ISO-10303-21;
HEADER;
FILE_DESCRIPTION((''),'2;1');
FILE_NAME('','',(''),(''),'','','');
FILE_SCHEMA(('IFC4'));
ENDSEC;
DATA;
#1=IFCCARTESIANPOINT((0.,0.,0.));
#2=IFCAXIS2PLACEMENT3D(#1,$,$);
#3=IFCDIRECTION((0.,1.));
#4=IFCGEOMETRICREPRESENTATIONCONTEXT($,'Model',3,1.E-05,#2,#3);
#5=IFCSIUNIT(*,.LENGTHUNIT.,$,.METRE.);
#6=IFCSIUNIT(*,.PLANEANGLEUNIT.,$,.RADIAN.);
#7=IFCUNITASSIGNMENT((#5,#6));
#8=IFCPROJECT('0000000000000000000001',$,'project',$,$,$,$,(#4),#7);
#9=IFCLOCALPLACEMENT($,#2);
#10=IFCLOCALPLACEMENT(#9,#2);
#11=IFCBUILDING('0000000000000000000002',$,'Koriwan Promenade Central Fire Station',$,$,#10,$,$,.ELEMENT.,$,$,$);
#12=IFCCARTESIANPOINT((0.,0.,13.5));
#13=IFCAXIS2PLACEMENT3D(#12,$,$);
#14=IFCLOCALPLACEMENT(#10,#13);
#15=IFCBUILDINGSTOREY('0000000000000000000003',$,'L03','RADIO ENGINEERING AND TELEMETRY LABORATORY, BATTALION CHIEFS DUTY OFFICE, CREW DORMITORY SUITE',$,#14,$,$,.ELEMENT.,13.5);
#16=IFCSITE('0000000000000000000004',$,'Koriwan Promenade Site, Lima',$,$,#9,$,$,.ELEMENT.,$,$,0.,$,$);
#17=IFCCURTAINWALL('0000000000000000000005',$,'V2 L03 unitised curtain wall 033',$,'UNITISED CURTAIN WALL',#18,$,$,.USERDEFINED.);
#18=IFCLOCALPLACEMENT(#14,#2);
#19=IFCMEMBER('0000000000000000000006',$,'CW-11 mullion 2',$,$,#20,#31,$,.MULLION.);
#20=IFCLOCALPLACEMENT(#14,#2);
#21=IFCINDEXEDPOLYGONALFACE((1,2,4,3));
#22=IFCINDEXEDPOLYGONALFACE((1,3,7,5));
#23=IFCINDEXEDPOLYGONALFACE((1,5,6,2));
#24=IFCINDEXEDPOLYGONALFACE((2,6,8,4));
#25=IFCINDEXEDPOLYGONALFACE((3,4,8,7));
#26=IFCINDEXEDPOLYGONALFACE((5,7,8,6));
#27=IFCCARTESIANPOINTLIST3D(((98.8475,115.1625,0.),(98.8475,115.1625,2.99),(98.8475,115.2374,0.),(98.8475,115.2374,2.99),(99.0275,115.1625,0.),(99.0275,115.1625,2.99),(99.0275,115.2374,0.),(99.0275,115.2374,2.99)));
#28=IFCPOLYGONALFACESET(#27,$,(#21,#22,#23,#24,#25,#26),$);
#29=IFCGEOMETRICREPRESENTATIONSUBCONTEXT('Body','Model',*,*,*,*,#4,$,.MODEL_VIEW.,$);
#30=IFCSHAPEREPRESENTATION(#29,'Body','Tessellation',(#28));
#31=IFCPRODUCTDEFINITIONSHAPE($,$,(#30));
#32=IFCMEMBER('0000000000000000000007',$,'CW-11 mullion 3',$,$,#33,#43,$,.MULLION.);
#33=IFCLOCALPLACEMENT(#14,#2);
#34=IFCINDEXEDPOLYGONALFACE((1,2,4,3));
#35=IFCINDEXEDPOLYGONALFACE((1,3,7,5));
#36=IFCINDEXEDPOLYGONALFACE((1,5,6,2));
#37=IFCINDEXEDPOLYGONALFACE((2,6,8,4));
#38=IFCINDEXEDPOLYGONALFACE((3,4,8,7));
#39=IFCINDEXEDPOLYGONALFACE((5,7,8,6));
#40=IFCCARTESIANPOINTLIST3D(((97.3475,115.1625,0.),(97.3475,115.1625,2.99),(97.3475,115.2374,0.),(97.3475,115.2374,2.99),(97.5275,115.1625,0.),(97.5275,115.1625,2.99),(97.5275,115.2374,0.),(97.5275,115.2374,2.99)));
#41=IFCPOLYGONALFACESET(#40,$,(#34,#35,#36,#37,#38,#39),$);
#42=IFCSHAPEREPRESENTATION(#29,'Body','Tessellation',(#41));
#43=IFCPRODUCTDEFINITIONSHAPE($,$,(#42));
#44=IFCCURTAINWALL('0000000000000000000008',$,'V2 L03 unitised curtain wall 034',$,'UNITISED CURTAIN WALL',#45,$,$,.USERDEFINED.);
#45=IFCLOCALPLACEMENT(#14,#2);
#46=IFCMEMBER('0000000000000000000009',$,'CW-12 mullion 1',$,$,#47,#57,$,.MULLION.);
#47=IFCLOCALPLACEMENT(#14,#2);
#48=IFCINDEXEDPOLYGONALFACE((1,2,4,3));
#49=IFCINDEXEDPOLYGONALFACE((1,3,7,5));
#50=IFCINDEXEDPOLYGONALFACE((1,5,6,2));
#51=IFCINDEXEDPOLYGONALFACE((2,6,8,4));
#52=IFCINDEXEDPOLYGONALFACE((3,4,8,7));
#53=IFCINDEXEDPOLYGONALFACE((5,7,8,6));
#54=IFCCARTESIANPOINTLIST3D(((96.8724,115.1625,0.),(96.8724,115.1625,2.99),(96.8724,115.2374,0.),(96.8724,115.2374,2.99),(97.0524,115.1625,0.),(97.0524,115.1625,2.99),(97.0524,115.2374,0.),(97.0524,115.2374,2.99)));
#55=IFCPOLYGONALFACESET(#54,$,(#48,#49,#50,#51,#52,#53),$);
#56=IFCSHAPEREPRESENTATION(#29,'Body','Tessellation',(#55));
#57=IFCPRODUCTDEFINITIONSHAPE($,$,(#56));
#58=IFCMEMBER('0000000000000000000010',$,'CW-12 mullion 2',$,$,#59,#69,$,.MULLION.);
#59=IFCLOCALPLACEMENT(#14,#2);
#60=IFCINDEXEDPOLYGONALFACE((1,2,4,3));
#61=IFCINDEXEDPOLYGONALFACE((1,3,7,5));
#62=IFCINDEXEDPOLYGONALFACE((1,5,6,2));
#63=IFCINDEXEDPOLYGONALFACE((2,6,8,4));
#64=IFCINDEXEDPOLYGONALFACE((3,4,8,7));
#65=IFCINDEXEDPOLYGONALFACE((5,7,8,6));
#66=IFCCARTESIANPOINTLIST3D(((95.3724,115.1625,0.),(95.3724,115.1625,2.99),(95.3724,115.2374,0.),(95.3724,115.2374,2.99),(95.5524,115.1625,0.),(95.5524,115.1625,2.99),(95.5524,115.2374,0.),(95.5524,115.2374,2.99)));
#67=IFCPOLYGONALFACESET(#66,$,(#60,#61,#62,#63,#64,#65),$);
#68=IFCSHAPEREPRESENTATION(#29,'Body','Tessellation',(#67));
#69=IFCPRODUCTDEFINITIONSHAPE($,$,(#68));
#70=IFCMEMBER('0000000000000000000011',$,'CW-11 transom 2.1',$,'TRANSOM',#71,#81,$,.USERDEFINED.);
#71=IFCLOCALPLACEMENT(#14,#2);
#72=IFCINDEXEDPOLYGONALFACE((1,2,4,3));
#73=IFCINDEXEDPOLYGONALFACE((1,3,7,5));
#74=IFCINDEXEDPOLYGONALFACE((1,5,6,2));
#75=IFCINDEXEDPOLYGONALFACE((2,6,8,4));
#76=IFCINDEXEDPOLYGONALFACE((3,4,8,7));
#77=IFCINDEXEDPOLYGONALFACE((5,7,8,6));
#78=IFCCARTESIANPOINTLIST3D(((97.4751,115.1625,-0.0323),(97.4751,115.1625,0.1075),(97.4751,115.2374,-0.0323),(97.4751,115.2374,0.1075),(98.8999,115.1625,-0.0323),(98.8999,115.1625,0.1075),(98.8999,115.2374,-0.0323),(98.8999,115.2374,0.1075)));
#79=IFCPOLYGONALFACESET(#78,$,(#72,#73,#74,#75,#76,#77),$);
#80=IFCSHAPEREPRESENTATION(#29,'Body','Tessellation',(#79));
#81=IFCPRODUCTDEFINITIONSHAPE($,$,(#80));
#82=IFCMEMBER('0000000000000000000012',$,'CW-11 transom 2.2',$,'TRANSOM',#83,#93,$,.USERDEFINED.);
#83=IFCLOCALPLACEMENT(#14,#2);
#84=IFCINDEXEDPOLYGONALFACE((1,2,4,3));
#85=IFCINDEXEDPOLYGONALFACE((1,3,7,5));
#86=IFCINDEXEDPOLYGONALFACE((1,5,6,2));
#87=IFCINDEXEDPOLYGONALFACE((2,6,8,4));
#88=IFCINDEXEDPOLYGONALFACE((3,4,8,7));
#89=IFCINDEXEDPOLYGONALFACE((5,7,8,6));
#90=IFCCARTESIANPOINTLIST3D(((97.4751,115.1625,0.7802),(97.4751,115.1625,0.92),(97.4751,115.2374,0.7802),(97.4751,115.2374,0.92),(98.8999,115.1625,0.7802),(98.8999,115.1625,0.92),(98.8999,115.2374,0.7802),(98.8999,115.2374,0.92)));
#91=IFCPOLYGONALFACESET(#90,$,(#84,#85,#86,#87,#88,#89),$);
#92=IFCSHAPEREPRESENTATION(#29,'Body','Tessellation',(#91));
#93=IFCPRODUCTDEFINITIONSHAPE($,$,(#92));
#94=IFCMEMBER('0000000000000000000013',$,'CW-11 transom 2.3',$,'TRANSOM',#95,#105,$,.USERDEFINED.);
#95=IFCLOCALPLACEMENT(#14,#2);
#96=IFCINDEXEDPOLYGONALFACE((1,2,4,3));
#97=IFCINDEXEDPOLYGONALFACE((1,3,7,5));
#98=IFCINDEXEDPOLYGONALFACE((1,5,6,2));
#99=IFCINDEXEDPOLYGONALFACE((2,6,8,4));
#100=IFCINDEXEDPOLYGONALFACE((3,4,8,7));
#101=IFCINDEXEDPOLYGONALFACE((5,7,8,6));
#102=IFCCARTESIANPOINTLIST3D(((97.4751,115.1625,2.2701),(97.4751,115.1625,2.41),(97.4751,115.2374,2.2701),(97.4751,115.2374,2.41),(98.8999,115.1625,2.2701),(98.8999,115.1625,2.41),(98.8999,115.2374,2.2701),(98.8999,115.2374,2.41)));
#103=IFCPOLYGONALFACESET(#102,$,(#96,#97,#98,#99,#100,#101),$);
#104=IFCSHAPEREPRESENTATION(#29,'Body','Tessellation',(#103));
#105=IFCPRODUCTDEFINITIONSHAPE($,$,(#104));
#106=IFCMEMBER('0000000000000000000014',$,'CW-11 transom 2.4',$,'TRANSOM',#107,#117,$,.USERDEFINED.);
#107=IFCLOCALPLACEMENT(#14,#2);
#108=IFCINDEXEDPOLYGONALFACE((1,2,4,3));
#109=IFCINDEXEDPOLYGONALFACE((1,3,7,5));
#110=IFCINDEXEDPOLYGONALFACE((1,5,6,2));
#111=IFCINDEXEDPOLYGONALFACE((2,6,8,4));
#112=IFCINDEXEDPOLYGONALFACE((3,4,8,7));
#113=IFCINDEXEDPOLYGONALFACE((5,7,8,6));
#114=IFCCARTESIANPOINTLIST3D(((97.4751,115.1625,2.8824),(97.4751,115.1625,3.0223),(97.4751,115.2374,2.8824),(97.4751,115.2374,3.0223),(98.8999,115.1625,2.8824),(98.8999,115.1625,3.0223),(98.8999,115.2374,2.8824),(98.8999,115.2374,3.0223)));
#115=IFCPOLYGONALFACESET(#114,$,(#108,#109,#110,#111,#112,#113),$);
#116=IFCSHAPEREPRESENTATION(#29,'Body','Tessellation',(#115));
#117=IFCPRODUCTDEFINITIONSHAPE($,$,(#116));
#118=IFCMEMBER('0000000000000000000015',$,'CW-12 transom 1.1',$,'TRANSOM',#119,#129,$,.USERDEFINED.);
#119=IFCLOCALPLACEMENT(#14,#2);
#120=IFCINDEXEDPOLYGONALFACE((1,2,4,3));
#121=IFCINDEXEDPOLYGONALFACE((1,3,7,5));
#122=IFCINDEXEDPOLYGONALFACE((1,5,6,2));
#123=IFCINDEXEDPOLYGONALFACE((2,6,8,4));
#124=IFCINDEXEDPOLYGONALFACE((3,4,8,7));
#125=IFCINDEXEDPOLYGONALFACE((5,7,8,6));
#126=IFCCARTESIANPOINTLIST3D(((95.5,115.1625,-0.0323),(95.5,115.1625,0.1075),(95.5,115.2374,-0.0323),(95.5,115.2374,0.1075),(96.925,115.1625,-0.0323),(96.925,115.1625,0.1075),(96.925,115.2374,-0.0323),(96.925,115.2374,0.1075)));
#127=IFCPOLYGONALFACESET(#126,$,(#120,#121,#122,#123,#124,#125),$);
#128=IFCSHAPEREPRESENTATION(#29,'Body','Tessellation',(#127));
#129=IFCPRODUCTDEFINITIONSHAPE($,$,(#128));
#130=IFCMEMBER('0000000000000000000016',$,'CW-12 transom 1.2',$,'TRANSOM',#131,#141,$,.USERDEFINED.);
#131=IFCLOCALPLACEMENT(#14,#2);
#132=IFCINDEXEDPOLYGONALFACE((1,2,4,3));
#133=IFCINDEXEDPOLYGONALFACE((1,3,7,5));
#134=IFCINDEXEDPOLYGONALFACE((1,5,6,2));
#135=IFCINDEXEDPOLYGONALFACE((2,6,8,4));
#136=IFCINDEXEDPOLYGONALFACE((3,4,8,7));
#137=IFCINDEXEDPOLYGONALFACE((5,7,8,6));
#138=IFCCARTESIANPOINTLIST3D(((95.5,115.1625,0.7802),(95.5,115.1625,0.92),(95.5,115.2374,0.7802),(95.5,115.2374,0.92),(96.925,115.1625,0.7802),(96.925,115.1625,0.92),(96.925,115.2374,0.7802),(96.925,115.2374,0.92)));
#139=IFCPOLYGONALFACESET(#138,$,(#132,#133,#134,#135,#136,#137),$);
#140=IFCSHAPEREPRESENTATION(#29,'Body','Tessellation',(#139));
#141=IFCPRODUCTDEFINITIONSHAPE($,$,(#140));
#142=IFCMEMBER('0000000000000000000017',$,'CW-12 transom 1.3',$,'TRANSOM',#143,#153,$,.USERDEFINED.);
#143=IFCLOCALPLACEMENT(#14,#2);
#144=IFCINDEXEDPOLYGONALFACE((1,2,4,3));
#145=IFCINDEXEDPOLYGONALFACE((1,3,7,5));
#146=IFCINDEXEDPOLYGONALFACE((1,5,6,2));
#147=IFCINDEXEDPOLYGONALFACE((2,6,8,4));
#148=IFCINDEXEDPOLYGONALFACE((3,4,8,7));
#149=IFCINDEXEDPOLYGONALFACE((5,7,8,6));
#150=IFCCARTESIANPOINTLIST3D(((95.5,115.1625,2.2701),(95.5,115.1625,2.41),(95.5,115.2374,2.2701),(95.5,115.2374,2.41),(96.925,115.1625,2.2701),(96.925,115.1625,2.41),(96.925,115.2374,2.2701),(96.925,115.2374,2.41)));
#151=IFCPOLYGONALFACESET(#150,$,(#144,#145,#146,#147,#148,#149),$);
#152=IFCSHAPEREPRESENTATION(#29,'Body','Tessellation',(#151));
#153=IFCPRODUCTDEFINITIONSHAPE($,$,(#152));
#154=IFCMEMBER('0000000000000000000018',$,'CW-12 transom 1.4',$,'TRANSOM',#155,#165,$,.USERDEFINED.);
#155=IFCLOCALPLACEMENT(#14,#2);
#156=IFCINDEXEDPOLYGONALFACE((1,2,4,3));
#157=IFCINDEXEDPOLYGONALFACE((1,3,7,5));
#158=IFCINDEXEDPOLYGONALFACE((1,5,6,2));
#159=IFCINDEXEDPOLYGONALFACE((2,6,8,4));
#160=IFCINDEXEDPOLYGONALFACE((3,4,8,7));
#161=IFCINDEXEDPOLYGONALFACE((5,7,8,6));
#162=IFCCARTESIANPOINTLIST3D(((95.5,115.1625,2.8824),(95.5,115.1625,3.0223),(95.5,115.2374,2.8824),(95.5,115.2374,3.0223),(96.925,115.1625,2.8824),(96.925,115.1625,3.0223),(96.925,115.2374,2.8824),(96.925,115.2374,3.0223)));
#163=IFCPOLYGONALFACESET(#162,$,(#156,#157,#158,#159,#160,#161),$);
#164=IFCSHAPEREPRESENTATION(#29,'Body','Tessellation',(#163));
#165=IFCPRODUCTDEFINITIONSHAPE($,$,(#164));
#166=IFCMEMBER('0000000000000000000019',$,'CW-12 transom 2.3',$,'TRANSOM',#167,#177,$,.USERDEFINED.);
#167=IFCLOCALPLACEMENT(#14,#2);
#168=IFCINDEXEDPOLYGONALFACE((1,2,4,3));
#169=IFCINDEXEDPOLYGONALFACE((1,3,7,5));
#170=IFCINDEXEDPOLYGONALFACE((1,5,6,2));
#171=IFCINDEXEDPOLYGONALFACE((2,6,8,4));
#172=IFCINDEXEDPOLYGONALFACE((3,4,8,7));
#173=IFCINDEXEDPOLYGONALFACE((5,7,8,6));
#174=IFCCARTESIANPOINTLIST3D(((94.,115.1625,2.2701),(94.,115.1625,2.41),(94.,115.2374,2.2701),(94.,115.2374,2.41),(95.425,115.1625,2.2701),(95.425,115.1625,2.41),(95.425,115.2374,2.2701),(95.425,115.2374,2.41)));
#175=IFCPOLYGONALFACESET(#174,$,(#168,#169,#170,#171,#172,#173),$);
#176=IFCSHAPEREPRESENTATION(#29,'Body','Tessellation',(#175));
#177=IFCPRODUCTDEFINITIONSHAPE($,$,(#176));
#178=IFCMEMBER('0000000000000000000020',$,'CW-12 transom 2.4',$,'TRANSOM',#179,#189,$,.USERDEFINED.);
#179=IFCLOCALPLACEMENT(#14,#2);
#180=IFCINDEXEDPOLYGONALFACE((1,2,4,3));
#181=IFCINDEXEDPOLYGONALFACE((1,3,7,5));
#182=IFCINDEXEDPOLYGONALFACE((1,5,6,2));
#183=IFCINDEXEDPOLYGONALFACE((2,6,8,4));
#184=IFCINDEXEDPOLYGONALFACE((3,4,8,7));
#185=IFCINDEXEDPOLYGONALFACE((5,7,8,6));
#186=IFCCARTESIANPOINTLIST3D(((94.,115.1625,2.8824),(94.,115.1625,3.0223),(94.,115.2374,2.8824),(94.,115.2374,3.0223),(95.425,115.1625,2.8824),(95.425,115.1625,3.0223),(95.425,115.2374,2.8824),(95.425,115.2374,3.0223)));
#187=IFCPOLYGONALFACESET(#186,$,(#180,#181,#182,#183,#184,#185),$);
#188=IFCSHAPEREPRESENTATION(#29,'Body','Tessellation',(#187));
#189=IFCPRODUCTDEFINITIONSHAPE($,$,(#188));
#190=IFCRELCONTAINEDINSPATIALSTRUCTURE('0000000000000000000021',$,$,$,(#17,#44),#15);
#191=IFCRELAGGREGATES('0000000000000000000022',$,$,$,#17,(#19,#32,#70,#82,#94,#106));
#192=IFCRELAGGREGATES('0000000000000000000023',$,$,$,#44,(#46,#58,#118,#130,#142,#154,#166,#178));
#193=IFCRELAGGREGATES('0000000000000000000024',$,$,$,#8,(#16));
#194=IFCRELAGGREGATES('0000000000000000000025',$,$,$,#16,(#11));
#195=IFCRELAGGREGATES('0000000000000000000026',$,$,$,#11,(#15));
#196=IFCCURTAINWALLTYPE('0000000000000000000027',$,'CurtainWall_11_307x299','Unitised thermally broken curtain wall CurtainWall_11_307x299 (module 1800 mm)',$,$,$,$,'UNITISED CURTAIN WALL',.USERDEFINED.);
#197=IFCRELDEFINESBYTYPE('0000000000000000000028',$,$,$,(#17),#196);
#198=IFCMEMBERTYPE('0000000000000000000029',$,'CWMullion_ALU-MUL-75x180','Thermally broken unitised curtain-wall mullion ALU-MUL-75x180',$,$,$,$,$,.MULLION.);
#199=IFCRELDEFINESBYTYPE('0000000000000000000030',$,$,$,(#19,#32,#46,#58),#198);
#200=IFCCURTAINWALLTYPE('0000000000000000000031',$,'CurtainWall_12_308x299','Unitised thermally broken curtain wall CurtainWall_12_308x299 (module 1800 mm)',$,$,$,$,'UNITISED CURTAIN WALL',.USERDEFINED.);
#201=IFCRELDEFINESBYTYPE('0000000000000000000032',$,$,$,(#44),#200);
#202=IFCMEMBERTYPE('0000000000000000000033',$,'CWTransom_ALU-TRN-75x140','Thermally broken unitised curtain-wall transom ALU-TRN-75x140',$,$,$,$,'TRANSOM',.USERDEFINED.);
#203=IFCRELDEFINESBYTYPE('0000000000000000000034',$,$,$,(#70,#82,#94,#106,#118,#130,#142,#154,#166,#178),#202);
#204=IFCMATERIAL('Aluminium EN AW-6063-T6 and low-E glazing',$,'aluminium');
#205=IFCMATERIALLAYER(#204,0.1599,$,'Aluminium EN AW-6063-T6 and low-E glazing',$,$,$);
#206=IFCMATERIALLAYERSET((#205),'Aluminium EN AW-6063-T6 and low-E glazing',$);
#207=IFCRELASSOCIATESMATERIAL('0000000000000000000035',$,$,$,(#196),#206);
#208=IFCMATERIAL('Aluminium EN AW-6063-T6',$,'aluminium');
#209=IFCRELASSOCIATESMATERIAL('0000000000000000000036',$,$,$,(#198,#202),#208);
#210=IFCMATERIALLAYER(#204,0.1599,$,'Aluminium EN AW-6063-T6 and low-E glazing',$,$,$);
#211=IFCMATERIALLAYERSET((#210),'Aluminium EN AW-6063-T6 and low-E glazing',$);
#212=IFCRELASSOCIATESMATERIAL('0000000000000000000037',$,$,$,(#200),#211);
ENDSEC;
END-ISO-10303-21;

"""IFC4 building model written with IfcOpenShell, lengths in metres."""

from ifc_helpers import new_model, si_unit, direction, frame, origin, origin_2d, place, context, subcontext, project, spatial, rectangle, extrude, material, layer, layer_set, material_profile, profile_set, type_object, element, aggregate, save


model = new_model("IFC4")

# Units and contexts
model_context = context("Model", 3, precision=1e-05, world=origin(), true_north=direction((0.0, 1.0)))
body_context = subcontext(model_context, "Body", "Model", "MODEL_VIEW")
ifc_project = project(units=[si_unit("LENGTHUNIT", "METRE"), si_unit("PLANEANGLEUNIT", "RADIAN")], contexts=[model_context])

# Site, building, storey
site_placement = place(None, origin())
site = spatial("IfcSite", under=ifc_project, at=site_placement, Name="Koriwan Promenade Site, Lima", CompositionType="ELEMENT", RefElevation=0.0)
building_placement = place(site_placement, origin())
building = spatial("IfcBuilding", under=site, at=building_placement, Name="Koriwan Promenade Central Fire Station", CompositionType="ELEMENT")
storey_placement = place(building_placement, frame((0.0, 0.0, 13.5)))
storey = spatial("IfcBuildingStorey", under=building, at=storey_placement, Name="L03", Description="RADIO ENGINEERING AND TELEMETRY LABORATORY, BATTALION CHIEFS DUTY OFFICE, CREW DORMITORY SUITE", CompositionType="ELEMENT", Elevation=13.5)

# Curtain walls, members
ifc_material_1 = material(Name="Aluminium EN AW-6063-T6 and low-E glazing", Category="aluminium")
ifc_layer_1 = layer(ifc_material_1, 0.1599, Name="Aluminium EN AW-6063-T6 and low-E glazing")
ifc_layer_set_1 = layer_set([ifc_layer_1], Name="Aluminium EN AW-6063-T6 and low-E glazing")
curtain_wall_type_1 = type_object("IfcCurtainWallType", Name="CurtainWall_11_307x299", Description="Unitised thermally broken curtain wall CurtainWall_11_307x299 (module 1800 mm)", ElementType="UNITISED CURTAIN WALL", PredefinedType="USERDEFINED", material=ifc_layer_set_1)
curtain_wall_1_placement = place(storey_placement, origin())
curtain_wall_1 = element("IfcCurtainWall", 1, at=curtain_wall_1_placement, inside=storey, type_object=curtain_wall_type_1, Name="V2 L03 unitised curtain wall 033", ObjectType="UNITISED CURTAIN WALL", PredefinedType="USERDEFINED")
ifc_material_2 = material(Name="Aluminium EN AW-6063-T6", Category="aluminium")
ifc_material_profile_1 = material_profile(ifc_material_2, rectangle(XDim=0.075, YDim=0.1799, at=origin_2d()), Name="ALU-MUL-75x180")
ifc_profile_set_1 = profile_set([ifc_material_profile_1], Name="Aluminium EN AW-6063-T6")
member_type_1 = type_object("IfcMemberType", Name="CWMullion_ALU-MUL-75x180", Description="Thermally broken unitised curtain-wall mullion ALU-MUL-75x180", PredefinedType="MULLION", material=ifc_profile_set_1)
member_1_placement = place(storey_placement, frame((98.9375, 115.2, 0.0), z_axis=(0.0, 0.0, 1.0), x_axis=(0.0, -1.0, 0.0)))
member_1 = element("IfcMember", 2, at=member_1_placement, type_object=member_type_1, Name="CW-11 mullion 2", PredefinedType="MULLION", context=body_context, shape_type="SweptSolid", body=[
    extrude(rectangle(XDim=0.075, YDim=0.1799, at=origin_2d()), origin(), (0.0, 0.0, 1.0), 2.99),
])
member_2_placement = place(storey_placement, frame((97.4375, 115.2, 0.0), z_axis=(0.0, 0.0, 1.0), x_axis=(0.0, -1.0, 0.0)))
member_2 = element("IfcMember", 3, at=member_2_placement, type_object=member_type_1, Name="CW-11 mullion 3", PredefinedType="MULLION", context=body_context, shape_type="SweptSolid", body=[
    extrude(rectangle(XDim=0.075, YDim=0.1799, at=origin_2d()), origin(), (0.0, 0.0, 1.0), 2.99),
])
ifc_layer_2 = layer(ifc_material_1, 0.1599, Name="Aluminium EN AW-6063-T6 and low-E glazing")
ifc_layer_set_2 = layer_set([ifc_layer_2], Name="Aluminium EN AW-6063-T6 and low-E glazing")
curtain_wall_type_2 = type_object("IfcCurtainWallType", Name="CurtainWall_12_308x299", Description="Unitised thermally broken curtain wall CurtainWall_12_308x299 (module 1800 mm)", ElementType="UNITISED CURTAIN WALL", PredefinedType="USERDEFINED", material=ifc_layer_set_2)
curtain_wall_2_placement = place(storey_placement, origin())
curtain_wall_2 = element("IfcCurtainWall", 4, at=curtain_wall_2_placement, inside=storey, type_object=curtain_wall_type_2, Name="V2 L03 unitised curtain wall 034", ObjectType="UNITISED CURTAIN WALL", PredefinedType="USERDEFINED")
member_3_placement = place(storey_placement, frame((96.9624, 115.2, 0.0), z_axis=(0.0, 0.0, 1.0), x_axis=(0.0, -1.0, 0.0)))
member_3 = element("IfcMember", 5, at=member_3_placement, type_object=member_type_1, Name="CW-12 mullion 1", PredefinedType="MULLION", context=body_context, shape_type="SweptSolid", body=[
    extrude(rectangle(XDim=0.075, YDim=0.1799, at=origin_2d()), origin(), (0.0, 0.0, 1.0), 2.99),
])
member_4_placement = place(storey_placement, frame((95.4624, 115.2, 0.0), z_axis=(0.0, 0.0, 1.0), x_axis=(0.0, -1.0, 0.0)))
member_4 = element("IfcMember", 6, at=member_4_placement, type_object=member_type_1, Name="CW-12 mullion 2", PredefinedType="MULLION", context=body_context, shape_type="SweptSolid", body=[
    extrude(rectangle(XDim=0.075, YDim=0.1799, at=origin_2d()), origin(), (0.0, 0.0, 1.0), 2.99),
])

# Members
ifc_material_profile_2 = material_profile(ifc_material_2, rectangle(XDim=0.075, YDim=0.1399, at=origin_2d()), Name="ALU-TRN-75x140")
ifc_profile_set_2 = profile_set([ifc_material_profile_2], Name="Aluminium EN AW-6063-T6")
member_type_2 = type_object("IfcMemberType", Name="CWTransom_ALU-TRN-75x140", Description="Thermally broken unitised curtain-wall transom ALU-TRN-75x140", ElementType="TRANSOM", PredefinedType="USERDEFINED", material=ifc_profile_set_2)
member_5_placement = place(storey_placement, frame((98.8999, 115.2, 0.0376), z_axis=(-1.0, 0.0, 0.0), x_axis=(0.0, -1.0, 0.0)))
member_5 = element("IfcMember", 7, at=member_5_placement, type_object=member_type_2, Name="CW-11 transom 2.1", ObjectType="TRANSOM", PredefinedType="USERDEFINED", context=body_context, shape_type="SweptSolid", body=[
    extrude(rectangle(XDim=0.075, YDim=0.1399, at=origin_2d()), origin(), (0.0, 0.0, 1.0), 1.4248),
])
member_6_placement = place(storey_placement, frame((98.8999, 115.2, 0.8501), z_axis=(-1.0, 0.0, 0.0), x_axis=(0.0, -1.0, 0.0)))
member_6 = element("IfcMember", 8, at=member_6_placement, type_object=member_type_2, Name="CW-11 transom 2.2", ObjectType="TRANSOM", PredefinedType="USERDEFINED", context=body_context, shape_type="SweptSolid", body=[
    extrude(rectangle(XDim=0.075, YDim=0.1399, at=origin_2d()), origin(), (0.0, 0.0, 1.0), 1.4248),
])
member_7_placement = place(storey_placement, frame((98.8999, 115.2, 2.3401), z_axis=(-1.0, 0.0, 0.0), x_axis=(0.0, -1.0, 0.0)))
member_7 = element("IfcMember", 9, at=member_7_placement, type_object=member_type_2, Name="CW-11 transom 2.3", ObjectType="TRANSOM", PredefinedType="USERDEFINED", context=body_context, shape_type="SweptSolid", body=[
    extrude(rectangle(XDim=0.075, YDim=0.1399, at=origin_2d()), origin(), (0.0, 0.0, 1.0), 1.4248),
])
member_8_placement = place(storey_placement, frame((98.8999, 115.2, 2.9524), z_axis=(-1.0, 0.0, 0.0), x_axis=(0.0, -1.0, 0.0)))
member_8 = element("IfcMember", 10, at=member_8_placement, type_object=member_type_2, Name="CW-11 transom 2.4", ObjectType="TRANSOM", PredefinedType="USERDEFINED", context=body_context, shape_type="SweptSolid", body=[
    extrude(rectangle(XDim=0.075, YDim=0.1399, at=origin_2d()), origin(), (0.0, 0.0, 1.0), 1.4248),
])
member_9_placement = place(storey_placement, frame((96.925, 115.2, 0.0376), z_axis=(-1.0, 0.0, 0.0), x_axis=(0.0, -1.0, 0.0)))
member_9 = element("IfcMember", 11, at=member_9_placement, type_object=member_type_2, Name="CW-12 transom 1.1", ObjectType="TRANSOM", PredefinedType="USERDEFINED", context=body_context, shape_type="SweptSolid", body=[
    extrude(rectangle(XDim=0.075, YDim=0.1399, at=origin_2d()), origin(), (0.0, 0.0, 1.0), 1.425),
])
member_10_placement = place(storey_placement, frame((96.925, 115.2, 0.8501), z_axis=(-1.0, 0.0, 0.0), x_axis=(0.0, -1.0, 0.0)))
member_10 = element("IfcMember", 12, at=member_10_placement, type_object=member_type_2, Name="CW-12 transom 1.2", ObjectType="TRANSOM", PredefinedType="USERDEFINED", context=body_context, shape_type="SweptSolid", body=[
    extrude(rectangle(XDim=0.075, YDim=0.1399, at=origin_2d()), origin(), (0.0, 0.0, 1.0), 1.425),
])
member_11_placement = place(storey_placement, frame((96.925, 115.2, 2.3401), z_axis=(-1.0, 0.0, 0.0), x_axis=(0.0, -1.0, 0.0)))
member_11 = element("IfcMember", 13, at=member_11_placement, type_object=member_type_2, Name="CW-12 transom 1.3", ObjectType="TRANSOM", PredefinedType="USERDEFINED", context=body_context, shape_type="SweptSolid", body=[
    extrude(rectangle(XDim=0.075, YDim=0.1399, at=origin_2d()), origin(), (0.0, 0.0, 1.0), 1.425),
])
member_12_placement = place(storey_placement, frame((96.925, 115.2, 2.9524), z_axis=(-1.0, 0.0, 0.0), x_axis=(0.0, -1.0, 0.0)))
member_12 = element("IfcMember", 14, at=member_12_placement, type_object=member_type_2, Name="CW-12 transom 1.4", ObjectType="TRANSOM", PredefinedType="USERDEFINED", context=body_context, shape_type="SweptSolid", body=[
    extrude(rectangle(XDim=0.075, YDim=0.1399, at=origin_2d()), origin(), (0.0, 0.0, 1.0), 1.425),
])
member_13_placement = place(storey_placement, frame((95.425, 115.2, 2.3401), z_axis=(-1.0, 0.0, 0.0), x_axis=(0.0, -1.0, 0.0)))
member_13 = element("IfcMember", 15, at=member_13_placement, type_object=member_type_2, Name="CW-12 transom 2.3", ObjectType="TRANSOM", PredefinedType="USERDEFINED", context=body_context, shape_type="SweptSolid", body=[
    extrude(rectangle(XDim=0.075, YDim=0.1399, at=origin_2d()), origin(), (0.0, 0.0, 1.0), 1.425),
])
member_14_placement = place(storey_placement, frame((95.425, 115.2, 2.9524), z_axis=(-1.0, 0.0, 0.0), x_axis=(0.0, -1.0, 0.0)))
member_14 = element("IfcMember", 16, at=member_14_placement, type_object=member_type_2, Name="CW-12 transom 2.4", ObjectType="TRANSOM", PredefinedType="USERDEFINED", context=body_context, shape_type="SweptSolid", body=[
    extrude(rectangle(XDim=0.075, YDim=0.1399, at=origin_2d()), origin(), (0.0, 0.0, 1.0), 1.425),
])

aggregate(curtain_wall_1, [member_1, member_2, member_5, member_6, member_7, member_8])
aggregate(curtain_wall_2, [member_3, member_4, member_9, member_10, member_11, member_12, member_13, member_14])

save(model, "model.ifc")
